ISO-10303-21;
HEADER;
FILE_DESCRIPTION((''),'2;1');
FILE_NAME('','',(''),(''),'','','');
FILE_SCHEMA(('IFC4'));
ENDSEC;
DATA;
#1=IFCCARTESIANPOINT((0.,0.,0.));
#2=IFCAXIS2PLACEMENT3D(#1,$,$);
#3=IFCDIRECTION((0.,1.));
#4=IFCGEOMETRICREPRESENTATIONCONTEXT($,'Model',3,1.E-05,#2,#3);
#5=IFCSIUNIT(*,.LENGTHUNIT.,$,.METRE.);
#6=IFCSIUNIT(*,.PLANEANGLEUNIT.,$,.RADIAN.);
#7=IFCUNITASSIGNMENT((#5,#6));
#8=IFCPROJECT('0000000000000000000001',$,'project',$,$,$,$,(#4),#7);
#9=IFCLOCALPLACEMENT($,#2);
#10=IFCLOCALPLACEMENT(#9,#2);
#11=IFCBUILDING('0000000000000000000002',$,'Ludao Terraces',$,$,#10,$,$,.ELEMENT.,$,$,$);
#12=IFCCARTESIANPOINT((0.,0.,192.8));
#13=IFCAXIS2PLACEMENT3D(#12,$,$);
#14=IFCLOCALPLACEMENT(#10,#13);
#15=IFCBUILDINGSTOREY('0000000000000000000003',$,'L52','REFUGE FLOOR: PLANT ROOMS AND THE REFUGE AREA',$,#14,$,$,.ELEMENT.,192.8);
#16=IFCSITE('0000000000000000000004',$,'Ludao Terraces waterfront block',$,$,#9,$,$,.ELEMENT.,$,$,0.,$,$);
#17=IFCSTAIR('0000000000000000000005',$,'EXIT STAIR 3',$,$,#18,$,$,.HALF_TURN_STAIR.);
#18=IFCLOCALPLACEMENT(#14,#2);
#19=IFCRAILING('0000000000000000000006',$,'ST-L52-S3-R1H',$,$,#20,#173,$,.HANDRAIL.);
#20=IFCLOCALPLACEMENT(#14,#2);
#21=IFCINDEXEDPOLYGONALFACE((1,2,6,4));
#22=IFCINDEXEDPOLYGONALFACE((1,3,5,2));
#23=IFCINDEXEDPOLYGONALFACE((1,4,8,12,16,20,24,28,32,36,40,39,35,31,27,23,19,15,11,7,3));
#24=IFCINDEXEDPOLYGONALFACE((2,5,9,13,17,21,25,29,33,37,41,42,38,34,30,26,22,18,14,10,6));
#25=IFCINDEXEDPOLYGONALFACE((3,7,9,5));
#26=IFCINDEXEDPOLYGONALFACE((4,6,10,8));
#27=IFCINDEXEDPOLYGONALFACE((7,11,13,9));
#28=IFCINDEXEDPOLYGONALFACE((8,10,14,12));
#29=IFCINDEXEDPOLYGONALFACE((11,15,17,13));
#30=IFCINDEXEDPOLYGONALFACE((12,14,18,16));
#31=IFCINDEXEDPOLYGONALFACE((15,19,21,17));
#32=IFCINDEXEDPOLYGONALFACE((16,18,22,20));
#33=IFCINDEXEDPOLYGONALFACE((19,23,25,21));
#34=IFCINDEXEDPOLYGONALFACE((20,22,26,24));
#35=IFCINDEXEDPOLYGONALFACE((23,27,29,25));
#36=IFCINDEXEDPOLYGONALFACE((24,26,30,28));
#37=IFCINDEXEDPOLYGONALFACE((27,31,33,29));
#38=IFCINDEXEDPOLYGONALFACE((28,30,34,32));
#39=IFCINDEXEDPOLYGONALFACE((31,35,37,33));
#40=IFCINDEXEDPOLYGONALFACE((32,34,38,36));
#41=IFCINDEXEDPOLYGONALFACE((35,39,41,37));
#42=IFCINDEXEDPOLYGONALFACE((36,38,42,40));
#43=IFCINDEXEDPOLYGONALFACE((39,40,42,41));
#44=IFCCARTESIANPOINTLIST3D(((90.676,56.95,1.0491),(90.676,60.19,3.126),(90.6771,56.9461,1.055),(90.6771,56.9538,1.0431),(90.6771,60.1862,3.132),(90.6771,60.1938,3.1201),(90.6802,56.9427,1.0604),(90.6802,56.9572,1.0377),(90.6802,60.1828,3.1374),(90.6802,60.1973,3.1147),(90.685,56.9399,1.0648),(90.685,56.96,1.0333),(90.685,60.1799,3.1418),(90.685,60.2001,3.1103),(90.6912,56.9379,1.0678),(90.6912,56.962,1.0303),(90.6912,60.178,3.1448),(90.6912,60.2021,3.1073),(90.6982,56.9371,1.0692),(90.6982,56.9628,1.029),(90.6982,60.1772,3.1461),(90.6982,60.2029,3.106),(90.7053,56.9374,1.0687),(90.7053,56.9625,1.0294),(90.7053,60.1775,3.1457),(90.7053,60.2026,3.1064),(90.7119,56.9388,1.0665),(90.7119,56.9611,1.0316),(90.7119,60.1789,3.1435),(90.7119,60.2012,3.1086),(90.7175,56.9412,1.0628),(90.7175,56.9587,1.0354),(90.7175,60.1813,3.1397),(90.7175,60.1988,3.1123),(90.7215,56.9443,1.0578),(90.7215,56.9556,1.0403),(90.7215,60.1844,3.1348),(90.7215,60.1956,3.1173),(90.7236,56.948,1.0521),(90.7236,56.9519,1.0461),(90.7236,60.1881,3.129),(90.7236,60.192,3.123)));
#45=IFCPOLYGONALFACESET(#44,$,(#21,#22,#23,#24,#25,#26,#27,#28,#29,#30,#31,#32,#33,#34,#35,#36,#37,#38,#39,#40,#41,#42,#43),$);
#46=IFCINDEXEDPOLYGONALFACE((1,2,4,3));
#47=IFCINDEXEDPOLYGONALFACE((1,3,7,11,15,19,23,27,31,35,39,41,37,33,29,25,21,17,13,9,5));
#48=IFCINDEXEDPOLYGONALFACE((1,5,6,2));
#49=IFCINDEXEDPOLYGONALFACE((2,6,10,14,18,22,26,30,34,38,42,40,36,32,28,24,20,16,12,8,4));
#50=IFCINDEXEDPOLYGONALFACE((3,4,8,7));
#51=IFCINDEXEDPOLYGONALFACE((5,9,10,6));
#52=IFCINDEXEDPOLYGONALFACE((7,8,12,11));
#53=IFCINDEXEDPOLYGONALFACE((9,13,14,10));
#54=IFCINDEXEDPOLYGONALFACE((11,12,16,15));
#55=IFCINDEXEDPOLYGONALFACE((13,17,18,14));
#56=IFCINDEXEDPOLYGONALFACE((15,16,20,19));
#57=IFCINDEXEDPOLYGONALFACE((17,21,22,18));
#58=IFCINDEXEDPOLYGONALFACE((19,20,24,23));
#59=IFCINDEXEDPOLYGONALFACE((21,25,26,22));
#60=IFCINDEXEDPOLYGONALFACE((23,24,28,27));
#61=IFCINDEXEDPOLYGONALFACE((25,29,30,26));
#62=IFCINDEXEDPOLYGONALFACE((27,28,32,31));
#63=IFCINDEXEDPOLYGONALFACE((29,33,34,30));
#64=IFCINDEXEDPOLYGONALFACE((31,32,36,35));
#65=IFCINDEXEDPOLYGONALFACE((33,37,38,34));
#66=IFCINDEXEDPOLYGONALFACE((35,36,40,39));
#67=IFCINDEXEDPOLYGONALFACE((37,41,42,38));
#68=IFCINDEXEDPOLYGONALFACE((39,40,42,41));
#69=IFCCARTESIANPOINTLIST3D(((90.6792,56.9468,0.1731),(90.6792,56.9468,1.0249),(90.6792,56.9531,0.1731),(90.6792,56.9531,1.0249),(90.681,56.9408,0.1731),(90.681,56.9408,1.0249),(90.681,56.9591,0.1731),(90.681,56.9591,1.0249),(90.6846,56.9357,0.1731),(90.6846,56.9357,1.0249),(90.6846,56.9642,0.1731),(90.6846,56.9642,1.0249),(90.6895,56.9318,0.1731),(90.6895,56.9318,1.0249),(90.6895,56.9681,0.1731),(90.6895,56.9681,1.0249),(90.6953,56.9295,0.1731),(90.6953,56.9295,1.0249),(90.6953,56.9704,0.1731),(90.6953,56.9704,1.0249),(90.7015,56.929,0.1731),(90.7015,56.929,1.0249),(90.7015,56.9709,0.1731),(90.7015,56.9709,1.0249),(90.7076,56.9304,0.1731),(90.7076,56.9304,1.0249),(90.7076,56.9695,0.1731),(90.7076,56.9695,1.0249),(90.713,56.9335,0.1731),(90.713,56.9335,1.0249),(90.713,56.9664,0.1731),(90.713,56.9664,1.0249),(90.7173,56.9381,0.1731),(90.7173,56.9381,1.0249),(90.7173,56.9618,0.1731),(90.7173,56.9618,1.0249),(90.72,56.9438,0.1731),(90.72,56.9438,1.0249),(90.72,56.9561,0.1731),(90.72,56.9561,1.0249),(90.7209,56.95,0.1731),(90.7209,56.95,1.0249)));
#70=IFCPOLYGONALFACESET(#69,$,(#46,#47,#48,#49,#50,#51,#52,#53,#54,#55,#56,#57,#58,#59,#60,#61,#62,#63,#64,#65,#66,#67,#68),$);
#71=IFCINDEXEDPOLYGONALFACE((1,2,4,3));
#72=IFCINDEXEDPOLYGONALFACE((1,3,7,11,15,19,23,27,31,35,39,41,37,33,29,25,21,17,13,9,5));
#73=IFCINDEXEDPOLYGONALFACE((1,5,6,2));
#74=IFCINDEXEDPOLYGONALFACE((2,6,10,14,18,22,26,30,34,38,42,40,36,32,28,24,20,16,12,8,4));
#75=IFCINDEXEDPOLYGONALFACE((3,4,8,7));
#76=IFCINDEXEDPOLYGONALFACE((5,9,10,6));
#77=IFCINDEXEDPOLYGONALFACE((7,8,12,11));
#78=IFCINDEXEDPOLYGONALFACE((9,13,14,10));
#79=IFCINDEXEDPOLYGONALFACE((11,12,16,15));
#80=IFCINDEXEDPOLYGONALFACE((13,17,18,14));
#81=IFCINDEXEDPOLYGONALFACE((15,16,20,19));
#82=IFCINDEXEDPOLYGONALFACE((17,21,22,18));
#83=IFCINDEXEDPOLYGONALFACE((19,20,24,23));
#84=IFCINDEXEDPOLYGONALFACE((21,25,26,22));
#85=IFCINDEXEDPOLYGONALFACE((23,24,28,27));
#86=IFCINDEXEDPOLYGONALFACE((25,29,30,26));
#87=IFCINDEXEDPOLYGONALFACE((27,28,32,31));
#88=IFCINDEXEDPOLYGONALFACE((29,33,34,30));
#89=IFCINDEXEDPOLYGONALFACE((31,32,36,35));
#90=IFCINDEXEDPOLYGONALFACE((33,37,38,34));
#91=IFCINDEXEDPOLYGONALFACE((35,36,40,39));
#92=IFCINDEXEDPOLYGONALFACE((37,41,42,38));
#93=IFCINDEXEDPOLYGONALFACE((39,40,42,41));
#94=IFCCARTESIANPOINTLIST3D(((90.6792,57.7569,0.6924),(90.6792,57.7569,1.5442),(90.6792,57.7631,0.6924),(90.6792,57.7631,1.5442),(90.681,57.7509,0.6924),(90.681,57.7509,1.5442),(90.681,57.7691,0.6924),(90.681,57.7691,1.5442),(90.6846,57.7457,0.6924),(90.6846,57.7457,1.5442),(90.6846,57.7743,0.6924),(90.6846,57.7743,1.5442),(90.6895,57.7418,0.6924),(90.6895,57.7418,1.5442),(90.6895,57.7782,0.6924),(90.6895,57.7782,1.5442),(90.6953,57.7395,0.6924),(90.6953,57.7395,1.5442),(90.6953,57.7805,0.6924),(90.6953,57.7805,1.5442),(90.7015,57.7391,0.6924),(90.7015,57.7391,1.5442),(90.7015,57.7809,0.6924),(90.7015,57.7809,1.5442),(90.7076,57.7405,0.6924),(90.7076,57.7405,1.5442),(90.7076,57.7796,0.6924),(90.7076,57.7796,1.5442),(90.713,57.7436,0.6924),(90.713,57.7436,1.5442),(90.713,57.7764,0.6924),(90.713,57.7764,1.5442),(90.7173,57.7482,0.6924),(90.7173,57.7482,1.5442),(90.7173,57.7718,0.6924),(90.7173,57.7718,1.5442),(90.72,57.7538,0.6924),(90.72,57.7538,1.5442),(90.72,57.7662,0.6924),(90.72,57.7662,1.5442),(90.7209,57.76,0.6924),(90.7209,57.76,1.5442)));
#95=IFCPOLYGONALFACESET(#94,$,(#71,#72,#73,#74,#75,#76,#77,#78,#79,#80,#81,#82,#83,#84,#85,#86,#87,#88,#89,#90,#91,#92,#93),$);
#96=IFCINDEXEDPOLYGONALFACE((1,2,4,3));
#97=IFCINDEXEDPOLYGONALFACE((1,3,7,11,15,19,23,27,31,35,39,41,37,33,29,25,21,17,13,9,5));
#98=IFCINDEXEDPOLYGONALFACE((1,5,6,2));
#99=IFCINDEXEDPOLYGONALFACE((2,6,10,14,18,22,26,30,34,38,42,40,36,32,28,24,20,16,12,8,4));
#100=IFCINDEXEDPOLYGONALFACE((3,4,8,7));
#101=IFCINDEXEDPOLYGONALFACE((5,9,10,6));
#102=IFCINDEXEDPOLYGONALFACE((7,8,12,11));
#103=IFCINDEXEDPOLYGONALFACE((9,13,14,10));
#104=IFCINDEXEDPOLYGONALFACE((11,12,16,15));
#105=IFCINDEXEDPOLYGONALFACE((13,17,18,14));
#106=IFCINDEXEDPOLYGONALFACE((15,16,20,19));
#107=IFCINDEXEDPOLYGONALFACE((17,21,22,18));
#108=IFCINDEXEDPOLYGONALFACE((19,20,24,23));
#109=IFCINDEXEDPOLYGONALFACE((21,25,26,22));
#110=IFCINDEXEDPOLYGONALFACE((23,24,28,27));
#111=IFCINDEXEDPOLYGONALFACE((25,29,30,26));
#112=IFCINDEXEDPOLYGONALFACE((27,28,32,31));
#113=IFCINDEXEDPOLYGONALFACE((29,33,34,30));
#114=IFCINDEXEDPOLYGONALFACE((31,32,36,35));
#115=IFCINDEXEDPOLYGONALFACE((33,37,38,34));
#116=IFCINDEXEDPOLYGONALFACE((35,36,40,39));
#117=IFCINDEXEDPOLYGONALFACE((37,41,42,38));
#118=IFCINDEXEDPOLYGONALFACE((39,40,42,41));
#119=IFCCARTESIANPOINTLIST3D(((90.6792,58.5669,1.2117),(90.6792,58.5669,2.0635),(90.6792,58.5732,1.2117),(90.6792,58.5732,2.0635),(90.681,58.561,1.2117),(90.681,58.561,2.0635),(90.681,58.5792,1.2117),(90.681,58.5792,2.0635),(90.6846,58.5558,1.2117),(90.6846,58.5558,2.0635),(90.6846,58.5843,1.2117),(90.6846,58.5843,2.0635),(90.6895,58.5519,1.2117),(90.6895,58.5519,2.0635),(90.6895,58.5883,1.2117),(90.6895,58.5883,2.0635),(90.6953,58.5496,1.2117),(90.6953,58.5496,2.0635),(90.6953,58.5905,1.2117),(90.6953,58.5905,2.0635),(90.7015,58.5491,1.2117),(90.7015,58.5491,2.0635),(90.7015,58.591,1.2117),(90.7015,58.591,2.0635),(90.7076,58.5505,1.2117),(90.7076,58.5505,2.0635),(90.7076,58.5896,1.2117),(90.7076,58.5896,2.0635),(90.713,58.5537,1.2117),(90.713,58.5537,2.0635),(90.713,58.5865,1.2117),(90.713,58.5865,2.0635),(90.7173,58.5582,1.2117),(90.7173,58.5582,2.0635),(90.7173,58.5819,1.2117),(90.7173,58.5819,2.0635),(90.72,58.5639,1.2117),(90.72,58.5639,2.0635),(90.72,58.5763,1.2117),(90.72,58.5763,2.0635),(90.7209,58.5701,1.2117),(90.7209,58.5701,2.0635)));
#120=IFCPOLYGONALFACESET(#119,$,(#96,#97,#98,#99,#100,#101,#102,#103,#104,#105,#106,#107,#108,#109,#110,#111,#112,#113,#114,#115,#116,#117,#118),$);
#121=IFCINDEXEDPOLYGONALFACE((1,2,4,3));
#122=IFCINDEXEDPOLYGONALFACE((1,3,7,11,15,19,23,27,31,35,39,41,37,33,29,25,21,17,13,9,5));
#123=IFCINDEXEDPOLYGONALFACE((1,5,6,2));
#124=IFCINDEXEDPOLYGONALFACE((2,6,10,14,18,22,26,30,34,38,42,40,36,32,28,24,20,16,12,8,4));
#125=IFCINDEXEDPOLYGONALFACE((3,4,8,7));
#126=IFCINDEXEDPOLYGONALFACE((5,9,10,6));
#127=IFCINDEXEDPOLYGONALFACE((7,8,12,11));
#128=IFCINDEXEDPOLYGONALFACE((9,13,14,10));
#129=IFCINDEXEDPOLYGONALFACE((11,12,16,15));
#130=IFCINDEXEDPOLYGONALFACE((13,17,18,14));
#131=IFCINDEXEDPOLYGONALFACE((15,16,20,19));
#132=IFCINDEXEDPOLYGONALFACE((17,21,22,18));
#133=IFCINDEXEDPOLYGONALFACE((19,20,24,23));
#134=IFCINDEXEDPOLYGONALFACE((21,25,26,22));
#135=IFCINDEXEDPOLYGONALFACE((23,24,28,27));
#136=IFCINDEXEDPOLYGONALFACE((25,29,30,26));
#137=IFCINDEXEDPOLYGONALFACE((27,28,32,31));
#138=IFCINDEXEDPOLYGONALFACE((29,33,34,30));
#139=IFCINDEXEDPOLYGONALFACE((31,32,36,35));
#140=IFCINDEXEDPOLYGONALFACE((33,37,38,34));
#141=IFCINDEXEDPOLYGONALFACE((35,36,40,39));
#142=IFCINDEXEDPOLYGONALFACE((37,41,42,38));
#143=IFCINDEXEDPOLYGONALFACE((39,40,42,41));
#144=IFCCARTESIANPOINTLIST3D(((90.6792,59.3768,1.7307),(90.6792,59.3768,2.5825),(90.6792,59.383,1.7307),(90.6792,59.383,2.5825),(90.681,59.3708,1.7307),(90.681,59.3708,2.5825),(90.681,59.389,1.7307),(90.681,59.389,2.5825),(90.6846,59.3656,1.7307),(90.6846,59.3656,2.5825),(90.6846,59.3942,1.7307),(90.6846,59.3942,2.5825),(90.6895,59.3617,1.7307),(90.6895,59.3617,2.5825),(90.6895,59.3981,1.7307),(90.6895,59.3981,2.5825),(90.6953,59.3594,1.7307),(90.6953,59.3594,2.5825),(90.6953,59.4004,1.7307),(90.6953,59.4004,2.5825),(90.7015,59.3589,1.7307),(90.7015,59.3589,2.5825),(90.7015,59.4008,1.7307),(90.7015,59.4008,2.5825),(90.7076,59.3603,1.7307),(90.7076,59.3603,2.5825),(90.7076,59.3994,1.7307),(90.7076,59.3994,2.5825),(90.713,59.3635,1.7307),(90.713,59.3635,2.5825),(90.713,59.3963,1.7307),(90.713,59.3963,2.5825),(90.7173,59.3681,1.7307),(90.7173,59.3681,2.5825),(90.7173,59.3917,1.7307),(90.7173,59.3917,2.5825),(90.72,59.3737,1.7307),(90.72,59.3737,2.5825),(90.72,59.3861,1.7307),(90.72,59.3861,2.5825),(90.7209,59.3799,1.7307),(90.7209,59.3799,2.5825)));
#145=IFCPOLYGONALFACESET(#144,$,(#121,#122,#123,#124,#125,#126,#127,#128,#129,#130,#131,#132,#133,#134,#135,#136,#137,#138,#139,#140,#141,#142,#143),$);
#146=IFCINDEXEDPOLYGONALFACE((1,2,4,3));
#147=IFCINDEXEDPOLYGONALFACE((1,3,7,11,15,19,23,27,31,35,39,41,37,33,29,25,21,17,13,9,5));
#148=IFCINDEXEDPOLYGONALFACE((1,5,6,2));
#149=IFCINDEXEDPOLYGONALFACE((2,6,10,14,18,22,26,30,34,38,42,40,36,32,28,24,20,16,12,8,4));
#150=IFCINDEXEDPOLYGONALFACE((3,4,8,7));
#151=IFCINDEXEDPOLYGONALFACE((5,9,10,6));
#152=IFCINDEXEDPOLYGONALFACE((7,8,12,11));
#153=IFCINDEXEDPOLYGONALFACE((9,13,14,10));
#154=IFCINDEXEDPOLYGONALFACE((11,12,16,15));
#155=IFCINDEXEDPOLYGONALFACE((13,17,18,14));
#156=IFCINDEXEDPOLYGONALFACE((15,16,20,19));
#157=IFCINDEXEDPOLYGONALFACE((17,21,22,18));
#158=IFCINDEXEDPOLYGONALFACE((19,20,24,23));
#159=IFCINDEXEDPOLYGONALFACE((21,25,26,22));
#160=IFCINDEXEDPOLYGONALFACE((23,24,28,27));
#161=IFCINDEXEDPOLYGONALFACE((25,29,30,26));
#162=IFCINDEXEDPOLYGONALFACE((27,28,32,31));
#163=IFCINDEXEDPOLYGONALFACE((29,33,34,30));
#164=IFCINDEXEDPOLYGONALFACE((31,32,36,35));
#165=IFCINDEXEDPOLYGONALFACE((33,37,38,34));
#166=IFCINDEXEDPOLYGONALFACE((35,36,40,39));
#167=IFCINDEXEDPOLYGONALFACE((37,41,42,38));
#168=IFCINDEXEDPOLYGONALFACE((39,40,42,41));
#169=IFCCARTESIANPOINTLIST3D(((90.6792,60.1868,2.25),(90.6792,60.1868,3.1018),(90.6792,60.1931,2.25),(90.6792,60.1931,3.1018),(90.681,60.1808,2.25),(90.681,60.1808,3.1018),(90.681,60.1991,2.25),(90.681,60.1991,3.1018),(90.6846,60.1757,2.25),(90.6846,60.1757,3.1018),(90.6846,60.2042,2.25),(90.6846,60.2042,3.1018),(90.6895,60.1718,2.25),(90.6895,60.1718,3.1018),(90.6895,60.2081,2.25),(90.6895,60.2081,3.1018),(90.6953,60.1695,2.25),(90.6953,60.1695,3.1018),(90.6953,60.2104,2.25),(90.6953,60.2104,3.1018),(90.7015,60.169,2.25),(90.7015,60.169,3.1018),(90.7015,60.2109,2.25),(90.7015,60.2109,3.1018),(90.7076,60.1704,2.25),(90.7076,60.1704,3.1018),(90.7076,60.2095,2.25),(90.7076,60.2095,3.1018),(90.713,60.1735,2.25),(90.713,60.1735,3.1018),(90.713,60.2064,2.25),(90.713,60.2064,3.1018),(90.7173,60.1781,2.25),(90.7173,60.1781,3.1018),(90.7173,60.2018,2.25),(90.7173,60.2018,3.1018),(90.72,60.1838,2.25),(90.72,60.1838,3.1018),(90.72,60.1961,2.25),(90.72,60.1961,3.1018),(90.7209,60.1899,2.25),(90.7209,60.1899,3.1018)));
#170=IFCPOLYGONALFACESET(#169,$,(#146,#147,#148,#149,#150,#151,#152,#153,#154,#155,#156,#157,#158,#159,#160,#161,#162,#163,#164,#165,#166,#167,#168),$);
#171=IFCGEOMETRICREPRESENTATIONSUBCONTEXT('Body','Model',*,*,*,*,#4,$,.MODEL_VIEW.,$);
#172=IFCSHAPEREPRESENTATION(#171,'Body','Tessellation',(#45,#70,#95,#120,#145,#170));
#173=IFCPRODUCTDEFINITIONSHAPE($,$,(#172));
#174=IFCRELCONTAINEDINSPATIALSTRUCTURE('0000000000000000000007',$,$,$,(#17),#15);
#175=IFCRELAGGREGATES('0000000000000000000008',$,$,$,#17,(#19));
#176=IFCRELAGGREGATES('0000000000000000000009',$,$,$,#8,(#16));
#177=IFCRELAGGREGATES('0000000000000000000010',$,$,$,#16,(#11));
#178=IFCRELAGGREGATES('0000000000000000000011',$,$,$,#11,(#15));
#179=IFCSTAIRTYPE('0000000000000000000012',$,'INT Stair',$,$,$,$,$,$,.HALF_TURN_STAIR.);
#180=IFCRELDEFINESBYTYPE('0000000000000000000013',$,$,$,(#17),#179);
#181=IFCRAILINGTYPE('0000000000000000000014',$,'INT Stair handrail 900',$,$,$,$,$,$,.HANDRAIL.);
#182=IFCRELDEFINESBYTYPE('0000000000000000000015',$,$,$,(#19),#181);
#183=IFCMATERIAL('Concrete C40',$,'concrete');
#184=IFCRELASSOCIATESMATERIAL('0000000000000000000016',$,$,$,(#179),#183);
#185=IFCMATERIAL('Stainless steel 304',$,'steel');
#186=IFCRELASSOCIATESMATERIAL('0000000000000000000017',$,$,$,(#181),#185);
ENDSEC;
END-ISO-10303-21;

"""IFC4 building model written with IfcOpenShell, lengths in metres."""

from ifc_helpers import new_model, si_unit, direction, frame, origin, origin_2d, place, context, subcontext, project, spatial, circle, extrude, material, type_object, element, aggregate, save


model = new_model("IFC4")

# Units and contexts
model_context = context("Model", 3, precision=1e-05, world=origin(), true_north=direction((0.0, 1.0)))
body_context = subcontext(model_context, "Body", "Model", "MODEL_VIEW")
ifc_project = project(units=[si_unit("LENGTHUNIT", "METRE"), si_unit("PLANEANGLEUNIT", "RADIAN")], contexts=[model_context])

# Site, building, storey
site_placement = place(None, origin())
site = spatial("IfcSite", under=ifc_project, at=site_placement, Name="Ludao Terraces waterfront block", CompositionType="ELEMENT", RefElevation=0.0)
building_placement = place(site_placement, origin())
building = spatial("IfcBuilding", under=site, at=building_placement, Name="Ludao Terraces", CompositionType="ELEMENT")
storey_placement = place(building_placement, frame((0.0, 0.0, 192.8)))
storey = spatial("IfcBuildingStorey", under=building, at=storey_placement, Name="L52", Description="REFUGE FLOOR: PLANT ROOMS AND THE REFUGE AREA", CompositionType="ELEMENT", Elevation=192.8)

# Stair, railing
ifc_material_1 = material(Name="Concrete C40", Category="concrete")
stair_type = type_object("IfcStairType", Name="INT Stair", PredefinedType="HALF_TURN_STAIR", material=ifc_material_1)
stair_placement = place(storey_placement, origin())
stair = element("IfcStair", 1, at=stair_placement, inside=storey, type_object=stair_type, Name="EXIT STAIR 3", PredefinedType="HALF_TURN_STAIR")
ifc_material_2 = material(Name="Stainless steel 304", Category="steel")
railing_type_1 = type_object("IfcRailingType", Name="INT Stair handrail 900", PredefinedType="HANDRAIL", material=ifc_material_2)
railing_1_placement = place(storey_placement, frame((90.7, 56.95, 0.1731)))
railing_1 = element("IfcRailing", 2, at=railing_1_placement, type_object=railing_type_1, Name="ST-L52-S3-R1H", PredefinedType="HANDRAIL", context=body_context, shape_type="SweptSolid", body=[
    extrude(circle(Radius=0.0239, at=origin_2d()), frame((0.0, 0.0, 0.876), z_axis=(0.0, 0.841881, 0.539664), x_axis=(-1.0, 0.0, 0.0)), (0.0, 0.0, 1.0), 3.8486),
    extrude(circle(Radius=0.021, at=origin_2d()), origin(), (0.0, 0.0, 1.0), 0.8518),
    extrude(circle(Radius=0.021, at=origin_2d()), frame((0.0, 0.8101, 0.5193)), (0.0, 0.0, 1.0), 0.8518),
    extrude(circle(Radius=0.021, at=origin_2d()), frame((0.0, 1.6201, 1.0386)), (0.0, 0.0, 1.0), 0.8518),
    extrude(circle(Radius=0.021, at=origin_2d()), frame((0.0, 2.4299, 1.5576)), (0.0, 0.0, 1.0), 0.8518),
    extrude(circle(Radius=0.021, at=origin_2d()), frame((0.0, 3.24, 2.0769)), (0.0, 0.0, 1.0), 0.8518),
])
aggregate(stair, [railing_1])

save(model, "model.ifc")
